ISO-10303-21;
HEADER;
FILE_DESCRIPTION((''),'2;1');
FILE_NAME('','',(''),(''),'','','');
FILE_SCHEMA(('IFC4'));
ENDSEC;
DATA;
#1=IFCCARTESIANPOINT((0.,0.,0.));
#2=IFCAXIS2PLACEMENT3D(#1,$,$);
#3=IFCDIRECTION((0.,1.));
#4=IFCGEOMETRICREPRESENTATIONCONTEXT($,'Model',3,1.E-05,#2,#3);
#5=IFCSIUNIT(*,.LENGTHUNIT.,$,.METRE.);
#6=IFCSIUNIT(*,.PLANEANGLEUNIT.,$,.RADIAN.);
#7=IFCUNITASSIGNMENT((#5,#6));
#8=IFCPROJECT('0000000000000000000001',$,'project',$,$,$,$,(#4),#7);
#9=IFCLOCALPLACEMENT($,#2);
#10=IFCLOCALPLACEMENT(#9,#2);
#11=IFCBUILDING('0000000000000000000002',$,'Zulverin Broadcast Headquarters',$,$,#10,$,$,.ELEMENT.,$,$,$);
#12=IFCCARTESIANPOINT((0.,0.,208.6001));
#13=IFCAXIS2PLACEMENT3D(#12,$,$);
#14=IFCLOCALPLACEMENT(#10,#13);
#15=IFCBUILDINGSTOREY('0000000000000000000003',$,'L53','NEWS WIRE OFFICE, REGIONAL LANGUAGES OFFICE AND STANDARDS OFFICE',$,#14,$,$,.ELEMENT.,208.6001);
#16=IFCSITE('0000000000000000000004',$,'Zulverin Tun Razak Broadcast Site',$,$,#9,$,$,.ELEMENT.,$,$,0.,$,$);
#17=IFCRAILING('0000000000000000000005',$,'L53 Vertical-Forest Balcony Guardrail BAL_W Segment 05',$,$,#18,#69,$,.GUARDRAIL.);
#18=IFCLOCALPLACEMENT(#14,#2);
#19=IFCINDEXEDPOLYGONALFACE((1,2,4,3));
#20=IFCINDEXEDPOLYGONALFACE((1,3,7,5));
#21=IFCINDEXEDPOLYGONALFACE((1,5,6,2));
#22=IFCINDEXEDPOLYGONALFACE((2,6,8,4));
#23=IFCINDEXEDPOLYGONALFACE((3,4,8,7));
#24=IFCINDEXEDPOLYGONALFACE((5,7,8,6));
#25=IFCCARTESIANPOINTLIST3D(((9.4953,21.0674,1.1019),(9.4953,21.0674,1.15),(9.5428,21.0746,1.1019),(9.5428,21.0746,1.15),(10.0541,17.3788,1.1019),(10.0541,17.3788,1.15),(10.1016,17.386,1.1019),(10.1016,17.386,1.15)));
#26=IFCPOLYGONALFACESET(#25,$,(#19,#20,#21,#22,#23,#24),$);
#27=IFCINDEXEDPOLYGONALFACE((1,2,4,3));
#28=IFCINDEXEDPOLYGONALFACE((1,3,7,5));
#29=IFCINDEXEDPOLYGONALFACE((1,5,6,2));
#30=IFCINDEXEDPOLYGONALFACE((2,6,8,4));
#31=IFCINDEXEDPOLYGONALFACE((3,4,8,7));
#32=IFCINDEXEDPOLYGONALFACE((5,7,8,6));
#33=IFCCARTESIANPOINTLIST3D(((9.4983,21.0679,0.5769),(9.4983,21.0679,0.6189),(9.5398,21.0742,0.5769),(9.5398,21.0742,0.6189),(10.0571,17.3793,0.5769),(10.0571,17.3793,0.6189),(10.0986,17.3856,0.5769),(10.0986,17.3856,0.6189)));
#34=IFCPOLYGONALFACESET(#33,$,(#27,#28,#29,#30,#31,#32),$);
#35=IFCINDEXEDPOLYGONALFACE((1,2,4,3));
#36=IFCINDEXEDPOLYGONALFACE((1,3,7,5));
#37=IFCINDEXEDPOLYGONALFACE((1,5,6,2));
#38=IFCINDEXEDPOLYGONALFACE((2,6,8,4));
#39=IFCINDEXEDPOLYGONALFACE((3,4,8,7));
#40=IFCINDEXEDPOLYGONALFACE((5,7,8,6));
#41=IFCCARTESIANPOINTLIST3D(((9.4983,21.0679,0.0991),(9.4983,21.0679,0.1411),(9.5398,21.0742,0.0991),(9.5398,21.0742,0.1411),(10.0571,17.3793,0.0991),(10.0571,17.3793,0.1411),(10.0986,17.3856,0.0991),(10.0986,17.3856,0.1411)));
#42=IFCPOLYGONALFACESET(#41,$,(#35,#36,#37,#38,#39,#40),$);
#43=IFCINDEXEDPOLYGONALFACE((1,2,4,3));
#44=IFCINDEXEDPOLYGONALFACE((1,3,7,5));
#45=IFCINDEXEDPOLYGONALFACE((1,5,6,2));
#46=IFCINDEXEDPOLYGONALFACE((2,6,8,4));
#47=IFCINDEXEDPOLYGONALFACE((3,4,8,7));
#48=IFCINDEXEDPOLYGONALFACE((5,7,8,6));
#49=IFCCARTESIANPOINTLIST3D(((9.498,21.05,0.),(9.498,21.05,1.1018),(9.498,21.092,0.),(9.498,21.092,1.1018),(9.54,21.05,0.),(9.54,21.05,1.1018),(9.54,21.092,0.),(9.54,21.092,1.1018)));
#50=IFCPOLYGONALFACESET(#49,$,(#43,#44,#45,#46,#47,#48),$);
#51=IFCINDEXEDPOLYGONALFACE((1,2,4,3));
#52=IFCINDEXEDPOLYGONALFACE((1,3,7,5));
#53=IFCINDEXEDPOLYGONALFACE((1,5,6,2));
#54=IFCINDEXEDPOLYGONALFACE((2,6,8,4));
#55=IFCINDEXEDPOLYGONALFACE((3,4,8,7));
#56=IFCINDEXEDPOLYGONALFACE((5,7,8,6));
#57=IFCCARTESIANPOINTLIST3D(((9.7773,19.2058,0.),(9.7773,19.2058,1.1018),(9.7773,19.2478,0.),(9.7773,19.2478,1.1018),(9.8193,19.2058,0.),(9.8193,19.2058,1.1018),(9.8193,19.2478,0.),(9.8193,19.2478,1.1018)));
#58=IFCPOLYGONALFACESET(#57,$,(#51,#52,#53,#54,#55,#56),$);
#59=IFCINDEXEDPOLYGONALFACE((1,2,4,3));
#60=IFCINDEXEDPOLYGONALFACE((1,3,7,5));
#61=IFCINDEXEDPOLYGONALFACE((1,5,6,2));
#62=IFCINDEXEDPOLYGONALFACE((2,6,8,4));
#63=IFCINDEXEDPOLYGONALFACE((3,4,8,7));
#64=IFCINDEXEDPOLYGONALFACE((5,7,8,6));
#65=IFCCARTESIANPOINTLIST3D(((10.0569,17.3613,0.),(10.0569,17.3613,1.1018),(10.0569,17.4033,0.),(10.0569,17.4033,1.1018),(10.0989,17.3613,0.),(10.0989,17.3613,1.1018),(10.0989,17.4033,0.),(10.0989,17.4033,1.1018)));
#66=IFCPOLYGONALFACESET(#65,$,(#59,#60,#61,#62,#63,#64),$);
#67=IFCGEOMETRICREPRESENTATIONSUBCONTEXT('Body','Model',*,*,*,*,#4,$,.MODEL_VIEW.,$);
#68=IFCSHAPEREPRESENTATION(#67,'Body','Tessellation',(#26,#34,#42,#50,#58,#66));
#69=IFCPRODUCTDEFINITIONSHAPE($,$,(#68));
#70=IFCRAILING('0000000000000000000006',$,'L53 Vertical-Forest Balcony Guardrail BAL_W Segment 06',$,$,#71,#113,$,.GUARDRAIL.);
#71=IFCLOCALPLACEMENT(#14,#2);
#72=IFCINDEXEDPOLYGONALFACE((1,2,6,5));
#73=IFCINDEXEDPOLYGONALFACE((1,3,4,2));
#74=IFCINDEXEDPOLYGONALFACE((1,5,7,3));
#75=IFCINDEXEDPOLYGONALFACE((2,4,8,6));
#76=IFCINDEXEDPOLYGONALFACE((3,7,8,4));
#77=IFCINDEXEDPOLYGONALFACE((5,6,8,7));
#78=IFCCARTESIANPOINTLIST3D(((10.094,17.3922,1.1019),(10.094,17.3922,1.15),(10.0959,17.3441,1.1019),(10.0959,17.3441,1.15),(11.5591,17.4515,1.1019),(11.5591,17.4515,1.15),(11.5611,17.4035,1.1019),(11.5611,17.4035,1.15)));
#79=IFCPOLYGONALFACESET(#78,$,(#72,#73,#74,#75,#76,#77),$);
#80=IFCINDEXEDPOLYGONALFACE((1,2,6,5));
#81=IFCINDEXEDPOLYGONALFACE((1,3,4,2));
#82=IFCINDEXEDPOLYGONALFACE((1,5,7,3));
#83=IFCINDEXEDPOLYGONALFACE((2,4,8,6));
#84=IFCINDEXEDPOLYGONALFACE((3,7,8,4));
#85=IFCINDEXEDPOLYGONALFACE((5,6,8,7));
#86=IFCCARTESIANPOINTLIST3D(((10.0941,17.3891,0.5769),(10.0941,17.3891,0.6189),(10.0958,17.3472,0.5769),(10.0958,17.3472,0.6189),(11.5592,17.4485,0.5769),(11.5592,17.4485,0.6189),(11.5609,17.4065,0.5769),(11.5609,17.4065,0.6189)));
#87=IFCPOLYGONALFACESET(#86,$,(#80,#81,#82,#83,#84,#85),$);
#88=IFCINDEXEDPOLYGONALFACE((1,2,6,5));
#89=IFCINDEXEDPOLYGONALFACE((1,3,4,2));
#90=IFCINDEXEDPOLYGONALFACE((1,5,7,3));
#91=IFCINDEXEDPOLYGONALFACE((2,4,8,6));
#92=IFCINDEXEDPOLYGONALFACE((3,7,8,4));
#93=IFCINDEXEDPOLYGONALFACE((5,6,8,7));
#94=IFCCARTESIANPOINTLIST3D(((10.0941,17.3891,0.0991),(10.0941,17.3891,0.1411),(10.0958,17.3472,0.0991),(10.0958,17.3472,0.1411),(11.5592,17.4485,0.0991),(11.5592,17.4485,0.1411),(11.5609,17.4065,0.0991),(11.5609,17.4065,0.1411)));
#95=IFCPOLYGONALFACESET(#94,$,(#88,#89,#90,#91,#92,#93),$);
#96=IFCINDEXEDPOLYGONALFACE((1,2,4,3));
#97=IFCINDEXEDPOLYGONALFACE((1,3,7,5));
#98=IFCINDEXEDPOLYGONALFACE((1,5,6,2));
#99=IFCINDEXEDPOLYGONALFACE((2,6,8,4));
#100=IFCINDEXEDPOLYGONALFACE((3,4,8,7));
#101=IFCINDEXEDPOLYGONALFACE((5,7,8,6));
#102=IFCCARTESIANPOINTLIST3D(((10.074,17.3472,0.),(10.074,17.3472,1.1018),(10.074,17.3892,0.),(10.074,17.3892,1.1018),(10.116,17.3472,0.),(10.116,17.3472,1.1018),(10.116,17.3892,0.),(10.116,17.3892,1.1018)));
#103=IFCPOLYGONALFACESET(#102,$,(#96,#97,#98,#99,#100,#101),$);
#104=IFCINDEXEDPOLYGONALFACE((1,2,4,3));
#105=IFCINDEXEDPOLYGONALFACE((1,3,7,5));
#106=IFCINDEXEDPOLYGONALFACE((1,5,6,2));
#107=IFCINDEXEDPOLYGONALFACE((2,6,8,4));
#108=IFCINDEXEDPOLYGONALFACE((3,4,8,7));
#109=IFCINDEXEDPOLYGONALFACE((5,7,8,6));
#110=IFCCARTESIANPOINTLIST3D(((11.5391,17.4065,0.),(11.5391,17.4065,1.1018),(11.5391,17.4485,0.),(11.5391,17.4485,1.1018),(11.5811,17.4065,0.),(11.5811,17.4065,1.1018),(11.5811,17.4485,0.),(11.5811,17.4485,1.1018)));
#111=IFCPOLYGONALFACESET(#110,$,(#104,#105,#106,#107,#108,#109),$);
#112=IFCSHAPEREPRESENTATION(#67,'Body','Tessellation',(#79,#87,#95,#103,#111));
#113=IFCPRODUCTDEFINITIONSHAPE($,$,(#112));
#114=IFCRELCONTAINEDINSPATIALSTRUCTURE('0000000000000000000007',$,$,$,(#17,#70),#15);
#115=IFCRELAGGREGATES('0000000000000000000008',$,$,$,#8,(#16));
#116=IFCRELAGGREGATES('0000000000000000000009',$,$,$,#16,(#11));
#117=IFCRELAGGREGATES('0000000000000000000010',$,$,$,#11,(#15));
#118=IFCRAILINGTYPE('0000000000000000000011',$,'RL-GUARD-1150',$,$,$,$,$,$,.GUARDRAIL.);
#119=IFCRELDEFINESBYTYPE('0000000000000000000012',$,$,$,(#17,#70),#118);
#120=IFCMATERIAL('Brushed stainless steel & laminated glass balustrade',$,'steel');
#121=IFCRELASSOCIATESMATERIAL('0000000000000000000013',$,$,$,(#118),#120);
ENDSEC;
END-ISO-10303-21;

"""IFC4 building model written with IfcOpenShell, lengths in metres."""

from ifc_helpers import new_model, si_unit, direction, frame, origin, origin_2d, place, context, subcontext, project, spatial, rectangle, extrude, material, type_object, element, save


model = new_model("IFC4")

# Units and contexts
model_context = context("Model", 3, precision=1e-05, world=origin(), true_north=direction((0.0, 1.0)))
body_context = subcontext(model_context, "Body", "Model", "MODEL_VIEW")
ifc_project = project(units=[si_unit("LENGTHUNIT", "METRE"), si_unit("PLANEANGLEUNIT", "RADIAN")], contexts=[model_context])

# Site, building, storey
site_placement = place(None, origin())
site = spatial("IfcSite", under=ifc_project, at=site_placement, Name="Zulverin Tun Razak Broadcast Site", CompositionType="ELEMENT", RefElevation=0.0)
building_placement = place(site_placement, origin())
building = spatial("IfcBuilding", under=site, at=building_placement, Name="Zulverin Broadcast Headquarters", CompositionType="ELEMENT")
storey_placement = place(building_placement, frame((0.0, 0.0, 208.6001)))
storey = spatial("IfcBuildingStorey", under=building, at=storey_placement, Name="L53", Description="NEWS WIRE OFFICE, REGIONAL LANGUAGES OFFICE AND STANDARDS OFFICE", CompositionType="ELEMENT", Elevation=208.6001)

# Railings
ifc_material_1 = material(Name="Brushed stainless steel & laminated glass balustrade", Category="steel")
railing_type = type_object("IfcRailingType", Name="RL-GUARD-1150", PredefinedType="GUARDRAIL", material=ifc_material_1)
railing_1_placement = place(storey_placement, frame((9.519, 21.071, 0.0)))
element("IfcRailing", 1, at=railing_1_placement, inside=storey, type_object=railing_type, Name="L53 Vertical-Forest Balcony Guardrail BAL_W Segment 05", PredefinedType="GUARDRAIL", context=body_context, shape_type="SweptSolid", body=[
    extrude(rectangle(XDim=0.0481, YDim=0.0481, at=origin_2d()), frame((0.0, 0.0, 1.126), z_axis=(0.14979, -0.988718, 0.0), x_axis=(0.988718, 0.14979, 0.0)), (0.0, 0.0, 1.0), 3.7307),
    extrude(rectangle(XDim=0.042, YDim=0.042, at=origin_2d()), frame((0.0, 0.0, 0.5979), z_axis=(0.14979, -0.988718, 0.0), x_axis=(0.988718, 0.14979, 0.0)), (0.0, 0.0, 1.0), 3.7307),
    extrude(rectangle(XDim=0.042, YDim=0.042, at=origin_2d()), frame((0.0, 0.0, 0.1201), z_axis=(0.14979, -0.988718, 0.0), x_axis=(0.988718, 0.14979, 0.0)), (0.0, 0.0, 1.0), 3.7307),
    extrude(rectangle(XDim=0.042, YDim=0.042, at=origin_2d()), origin(), (0.0, 0.0, 1.0), 1.1018),
    extrude(rectangle(XDim=0.042, YDim=0.042, at=origin_2d()), frame((0.2793, -1.8442, 0.0)), (0.0, 0.0, 1.0), 1.1018),
    extrude(rectangle(XDim=0.042, YDim=0.042, at=origin_2d()), frame((0.5588, -3.6887, 0.0)), (0.0, 0.0, 1.0), 1.1018),
])
railing_2_placement = place(storey_placement, frame((10.095, 17.3682, 0.0)))
element("IfcRailing", 2, at=railing_2_placement, inside=storey, type_object=railing_type, Name="L53 Vertical-Forest Balcony Guardrail BAL_W Segment 06", PredefinedType="GUARDRAIL", context=body_context, shape_type="SweptSolid", body=[
    extrude(rectangle(XDim=0.0481, YDim=0.0481, at=origin_2d()), frame((0.0, 0.0, 1.126), z_axis=(0.999181, 0.04046, 0.0), x_axis=(-0.04046, 0.999181, 0.0)), (0.0, 0.0, 1.0), 1.4663),
    extrude(rectangle(XDim=0.042, YDim=0.042, at=origin_2d()), frame((0.0, 0.0, 0.5979), z_axis=(0.999181, 0.04046, 0.0), x_axis=(-0.04046, 0.999181, 0.0)), (0.0, 0.0, 1.0), 1.4663),
    extrude(rectangle(XDim=0.042, YDim=0.042, at=origin_2d()), frame((0.0, 0.0, 0.1201), z_axis=(0.999181, 0.04046, 0.0), x_axis=(-0.04046, 0.999181, 0.0)), (0.0, 0.0, 1.0), 1.4663),
    extrude(rectangle(XDim=0.042, YDim=0.042, at=origin_2d()), origin(), (0.0, 0.0, 1.0), 1.1018),
    extrude(rectangle(XDim=0.042, YDim=0.042, at=origin_2d()), frame((1.4651, 0.0593, 0.0)), (0.0, 0.0, 1.0), 1.1018),
])

save(model, "model.ifc")
